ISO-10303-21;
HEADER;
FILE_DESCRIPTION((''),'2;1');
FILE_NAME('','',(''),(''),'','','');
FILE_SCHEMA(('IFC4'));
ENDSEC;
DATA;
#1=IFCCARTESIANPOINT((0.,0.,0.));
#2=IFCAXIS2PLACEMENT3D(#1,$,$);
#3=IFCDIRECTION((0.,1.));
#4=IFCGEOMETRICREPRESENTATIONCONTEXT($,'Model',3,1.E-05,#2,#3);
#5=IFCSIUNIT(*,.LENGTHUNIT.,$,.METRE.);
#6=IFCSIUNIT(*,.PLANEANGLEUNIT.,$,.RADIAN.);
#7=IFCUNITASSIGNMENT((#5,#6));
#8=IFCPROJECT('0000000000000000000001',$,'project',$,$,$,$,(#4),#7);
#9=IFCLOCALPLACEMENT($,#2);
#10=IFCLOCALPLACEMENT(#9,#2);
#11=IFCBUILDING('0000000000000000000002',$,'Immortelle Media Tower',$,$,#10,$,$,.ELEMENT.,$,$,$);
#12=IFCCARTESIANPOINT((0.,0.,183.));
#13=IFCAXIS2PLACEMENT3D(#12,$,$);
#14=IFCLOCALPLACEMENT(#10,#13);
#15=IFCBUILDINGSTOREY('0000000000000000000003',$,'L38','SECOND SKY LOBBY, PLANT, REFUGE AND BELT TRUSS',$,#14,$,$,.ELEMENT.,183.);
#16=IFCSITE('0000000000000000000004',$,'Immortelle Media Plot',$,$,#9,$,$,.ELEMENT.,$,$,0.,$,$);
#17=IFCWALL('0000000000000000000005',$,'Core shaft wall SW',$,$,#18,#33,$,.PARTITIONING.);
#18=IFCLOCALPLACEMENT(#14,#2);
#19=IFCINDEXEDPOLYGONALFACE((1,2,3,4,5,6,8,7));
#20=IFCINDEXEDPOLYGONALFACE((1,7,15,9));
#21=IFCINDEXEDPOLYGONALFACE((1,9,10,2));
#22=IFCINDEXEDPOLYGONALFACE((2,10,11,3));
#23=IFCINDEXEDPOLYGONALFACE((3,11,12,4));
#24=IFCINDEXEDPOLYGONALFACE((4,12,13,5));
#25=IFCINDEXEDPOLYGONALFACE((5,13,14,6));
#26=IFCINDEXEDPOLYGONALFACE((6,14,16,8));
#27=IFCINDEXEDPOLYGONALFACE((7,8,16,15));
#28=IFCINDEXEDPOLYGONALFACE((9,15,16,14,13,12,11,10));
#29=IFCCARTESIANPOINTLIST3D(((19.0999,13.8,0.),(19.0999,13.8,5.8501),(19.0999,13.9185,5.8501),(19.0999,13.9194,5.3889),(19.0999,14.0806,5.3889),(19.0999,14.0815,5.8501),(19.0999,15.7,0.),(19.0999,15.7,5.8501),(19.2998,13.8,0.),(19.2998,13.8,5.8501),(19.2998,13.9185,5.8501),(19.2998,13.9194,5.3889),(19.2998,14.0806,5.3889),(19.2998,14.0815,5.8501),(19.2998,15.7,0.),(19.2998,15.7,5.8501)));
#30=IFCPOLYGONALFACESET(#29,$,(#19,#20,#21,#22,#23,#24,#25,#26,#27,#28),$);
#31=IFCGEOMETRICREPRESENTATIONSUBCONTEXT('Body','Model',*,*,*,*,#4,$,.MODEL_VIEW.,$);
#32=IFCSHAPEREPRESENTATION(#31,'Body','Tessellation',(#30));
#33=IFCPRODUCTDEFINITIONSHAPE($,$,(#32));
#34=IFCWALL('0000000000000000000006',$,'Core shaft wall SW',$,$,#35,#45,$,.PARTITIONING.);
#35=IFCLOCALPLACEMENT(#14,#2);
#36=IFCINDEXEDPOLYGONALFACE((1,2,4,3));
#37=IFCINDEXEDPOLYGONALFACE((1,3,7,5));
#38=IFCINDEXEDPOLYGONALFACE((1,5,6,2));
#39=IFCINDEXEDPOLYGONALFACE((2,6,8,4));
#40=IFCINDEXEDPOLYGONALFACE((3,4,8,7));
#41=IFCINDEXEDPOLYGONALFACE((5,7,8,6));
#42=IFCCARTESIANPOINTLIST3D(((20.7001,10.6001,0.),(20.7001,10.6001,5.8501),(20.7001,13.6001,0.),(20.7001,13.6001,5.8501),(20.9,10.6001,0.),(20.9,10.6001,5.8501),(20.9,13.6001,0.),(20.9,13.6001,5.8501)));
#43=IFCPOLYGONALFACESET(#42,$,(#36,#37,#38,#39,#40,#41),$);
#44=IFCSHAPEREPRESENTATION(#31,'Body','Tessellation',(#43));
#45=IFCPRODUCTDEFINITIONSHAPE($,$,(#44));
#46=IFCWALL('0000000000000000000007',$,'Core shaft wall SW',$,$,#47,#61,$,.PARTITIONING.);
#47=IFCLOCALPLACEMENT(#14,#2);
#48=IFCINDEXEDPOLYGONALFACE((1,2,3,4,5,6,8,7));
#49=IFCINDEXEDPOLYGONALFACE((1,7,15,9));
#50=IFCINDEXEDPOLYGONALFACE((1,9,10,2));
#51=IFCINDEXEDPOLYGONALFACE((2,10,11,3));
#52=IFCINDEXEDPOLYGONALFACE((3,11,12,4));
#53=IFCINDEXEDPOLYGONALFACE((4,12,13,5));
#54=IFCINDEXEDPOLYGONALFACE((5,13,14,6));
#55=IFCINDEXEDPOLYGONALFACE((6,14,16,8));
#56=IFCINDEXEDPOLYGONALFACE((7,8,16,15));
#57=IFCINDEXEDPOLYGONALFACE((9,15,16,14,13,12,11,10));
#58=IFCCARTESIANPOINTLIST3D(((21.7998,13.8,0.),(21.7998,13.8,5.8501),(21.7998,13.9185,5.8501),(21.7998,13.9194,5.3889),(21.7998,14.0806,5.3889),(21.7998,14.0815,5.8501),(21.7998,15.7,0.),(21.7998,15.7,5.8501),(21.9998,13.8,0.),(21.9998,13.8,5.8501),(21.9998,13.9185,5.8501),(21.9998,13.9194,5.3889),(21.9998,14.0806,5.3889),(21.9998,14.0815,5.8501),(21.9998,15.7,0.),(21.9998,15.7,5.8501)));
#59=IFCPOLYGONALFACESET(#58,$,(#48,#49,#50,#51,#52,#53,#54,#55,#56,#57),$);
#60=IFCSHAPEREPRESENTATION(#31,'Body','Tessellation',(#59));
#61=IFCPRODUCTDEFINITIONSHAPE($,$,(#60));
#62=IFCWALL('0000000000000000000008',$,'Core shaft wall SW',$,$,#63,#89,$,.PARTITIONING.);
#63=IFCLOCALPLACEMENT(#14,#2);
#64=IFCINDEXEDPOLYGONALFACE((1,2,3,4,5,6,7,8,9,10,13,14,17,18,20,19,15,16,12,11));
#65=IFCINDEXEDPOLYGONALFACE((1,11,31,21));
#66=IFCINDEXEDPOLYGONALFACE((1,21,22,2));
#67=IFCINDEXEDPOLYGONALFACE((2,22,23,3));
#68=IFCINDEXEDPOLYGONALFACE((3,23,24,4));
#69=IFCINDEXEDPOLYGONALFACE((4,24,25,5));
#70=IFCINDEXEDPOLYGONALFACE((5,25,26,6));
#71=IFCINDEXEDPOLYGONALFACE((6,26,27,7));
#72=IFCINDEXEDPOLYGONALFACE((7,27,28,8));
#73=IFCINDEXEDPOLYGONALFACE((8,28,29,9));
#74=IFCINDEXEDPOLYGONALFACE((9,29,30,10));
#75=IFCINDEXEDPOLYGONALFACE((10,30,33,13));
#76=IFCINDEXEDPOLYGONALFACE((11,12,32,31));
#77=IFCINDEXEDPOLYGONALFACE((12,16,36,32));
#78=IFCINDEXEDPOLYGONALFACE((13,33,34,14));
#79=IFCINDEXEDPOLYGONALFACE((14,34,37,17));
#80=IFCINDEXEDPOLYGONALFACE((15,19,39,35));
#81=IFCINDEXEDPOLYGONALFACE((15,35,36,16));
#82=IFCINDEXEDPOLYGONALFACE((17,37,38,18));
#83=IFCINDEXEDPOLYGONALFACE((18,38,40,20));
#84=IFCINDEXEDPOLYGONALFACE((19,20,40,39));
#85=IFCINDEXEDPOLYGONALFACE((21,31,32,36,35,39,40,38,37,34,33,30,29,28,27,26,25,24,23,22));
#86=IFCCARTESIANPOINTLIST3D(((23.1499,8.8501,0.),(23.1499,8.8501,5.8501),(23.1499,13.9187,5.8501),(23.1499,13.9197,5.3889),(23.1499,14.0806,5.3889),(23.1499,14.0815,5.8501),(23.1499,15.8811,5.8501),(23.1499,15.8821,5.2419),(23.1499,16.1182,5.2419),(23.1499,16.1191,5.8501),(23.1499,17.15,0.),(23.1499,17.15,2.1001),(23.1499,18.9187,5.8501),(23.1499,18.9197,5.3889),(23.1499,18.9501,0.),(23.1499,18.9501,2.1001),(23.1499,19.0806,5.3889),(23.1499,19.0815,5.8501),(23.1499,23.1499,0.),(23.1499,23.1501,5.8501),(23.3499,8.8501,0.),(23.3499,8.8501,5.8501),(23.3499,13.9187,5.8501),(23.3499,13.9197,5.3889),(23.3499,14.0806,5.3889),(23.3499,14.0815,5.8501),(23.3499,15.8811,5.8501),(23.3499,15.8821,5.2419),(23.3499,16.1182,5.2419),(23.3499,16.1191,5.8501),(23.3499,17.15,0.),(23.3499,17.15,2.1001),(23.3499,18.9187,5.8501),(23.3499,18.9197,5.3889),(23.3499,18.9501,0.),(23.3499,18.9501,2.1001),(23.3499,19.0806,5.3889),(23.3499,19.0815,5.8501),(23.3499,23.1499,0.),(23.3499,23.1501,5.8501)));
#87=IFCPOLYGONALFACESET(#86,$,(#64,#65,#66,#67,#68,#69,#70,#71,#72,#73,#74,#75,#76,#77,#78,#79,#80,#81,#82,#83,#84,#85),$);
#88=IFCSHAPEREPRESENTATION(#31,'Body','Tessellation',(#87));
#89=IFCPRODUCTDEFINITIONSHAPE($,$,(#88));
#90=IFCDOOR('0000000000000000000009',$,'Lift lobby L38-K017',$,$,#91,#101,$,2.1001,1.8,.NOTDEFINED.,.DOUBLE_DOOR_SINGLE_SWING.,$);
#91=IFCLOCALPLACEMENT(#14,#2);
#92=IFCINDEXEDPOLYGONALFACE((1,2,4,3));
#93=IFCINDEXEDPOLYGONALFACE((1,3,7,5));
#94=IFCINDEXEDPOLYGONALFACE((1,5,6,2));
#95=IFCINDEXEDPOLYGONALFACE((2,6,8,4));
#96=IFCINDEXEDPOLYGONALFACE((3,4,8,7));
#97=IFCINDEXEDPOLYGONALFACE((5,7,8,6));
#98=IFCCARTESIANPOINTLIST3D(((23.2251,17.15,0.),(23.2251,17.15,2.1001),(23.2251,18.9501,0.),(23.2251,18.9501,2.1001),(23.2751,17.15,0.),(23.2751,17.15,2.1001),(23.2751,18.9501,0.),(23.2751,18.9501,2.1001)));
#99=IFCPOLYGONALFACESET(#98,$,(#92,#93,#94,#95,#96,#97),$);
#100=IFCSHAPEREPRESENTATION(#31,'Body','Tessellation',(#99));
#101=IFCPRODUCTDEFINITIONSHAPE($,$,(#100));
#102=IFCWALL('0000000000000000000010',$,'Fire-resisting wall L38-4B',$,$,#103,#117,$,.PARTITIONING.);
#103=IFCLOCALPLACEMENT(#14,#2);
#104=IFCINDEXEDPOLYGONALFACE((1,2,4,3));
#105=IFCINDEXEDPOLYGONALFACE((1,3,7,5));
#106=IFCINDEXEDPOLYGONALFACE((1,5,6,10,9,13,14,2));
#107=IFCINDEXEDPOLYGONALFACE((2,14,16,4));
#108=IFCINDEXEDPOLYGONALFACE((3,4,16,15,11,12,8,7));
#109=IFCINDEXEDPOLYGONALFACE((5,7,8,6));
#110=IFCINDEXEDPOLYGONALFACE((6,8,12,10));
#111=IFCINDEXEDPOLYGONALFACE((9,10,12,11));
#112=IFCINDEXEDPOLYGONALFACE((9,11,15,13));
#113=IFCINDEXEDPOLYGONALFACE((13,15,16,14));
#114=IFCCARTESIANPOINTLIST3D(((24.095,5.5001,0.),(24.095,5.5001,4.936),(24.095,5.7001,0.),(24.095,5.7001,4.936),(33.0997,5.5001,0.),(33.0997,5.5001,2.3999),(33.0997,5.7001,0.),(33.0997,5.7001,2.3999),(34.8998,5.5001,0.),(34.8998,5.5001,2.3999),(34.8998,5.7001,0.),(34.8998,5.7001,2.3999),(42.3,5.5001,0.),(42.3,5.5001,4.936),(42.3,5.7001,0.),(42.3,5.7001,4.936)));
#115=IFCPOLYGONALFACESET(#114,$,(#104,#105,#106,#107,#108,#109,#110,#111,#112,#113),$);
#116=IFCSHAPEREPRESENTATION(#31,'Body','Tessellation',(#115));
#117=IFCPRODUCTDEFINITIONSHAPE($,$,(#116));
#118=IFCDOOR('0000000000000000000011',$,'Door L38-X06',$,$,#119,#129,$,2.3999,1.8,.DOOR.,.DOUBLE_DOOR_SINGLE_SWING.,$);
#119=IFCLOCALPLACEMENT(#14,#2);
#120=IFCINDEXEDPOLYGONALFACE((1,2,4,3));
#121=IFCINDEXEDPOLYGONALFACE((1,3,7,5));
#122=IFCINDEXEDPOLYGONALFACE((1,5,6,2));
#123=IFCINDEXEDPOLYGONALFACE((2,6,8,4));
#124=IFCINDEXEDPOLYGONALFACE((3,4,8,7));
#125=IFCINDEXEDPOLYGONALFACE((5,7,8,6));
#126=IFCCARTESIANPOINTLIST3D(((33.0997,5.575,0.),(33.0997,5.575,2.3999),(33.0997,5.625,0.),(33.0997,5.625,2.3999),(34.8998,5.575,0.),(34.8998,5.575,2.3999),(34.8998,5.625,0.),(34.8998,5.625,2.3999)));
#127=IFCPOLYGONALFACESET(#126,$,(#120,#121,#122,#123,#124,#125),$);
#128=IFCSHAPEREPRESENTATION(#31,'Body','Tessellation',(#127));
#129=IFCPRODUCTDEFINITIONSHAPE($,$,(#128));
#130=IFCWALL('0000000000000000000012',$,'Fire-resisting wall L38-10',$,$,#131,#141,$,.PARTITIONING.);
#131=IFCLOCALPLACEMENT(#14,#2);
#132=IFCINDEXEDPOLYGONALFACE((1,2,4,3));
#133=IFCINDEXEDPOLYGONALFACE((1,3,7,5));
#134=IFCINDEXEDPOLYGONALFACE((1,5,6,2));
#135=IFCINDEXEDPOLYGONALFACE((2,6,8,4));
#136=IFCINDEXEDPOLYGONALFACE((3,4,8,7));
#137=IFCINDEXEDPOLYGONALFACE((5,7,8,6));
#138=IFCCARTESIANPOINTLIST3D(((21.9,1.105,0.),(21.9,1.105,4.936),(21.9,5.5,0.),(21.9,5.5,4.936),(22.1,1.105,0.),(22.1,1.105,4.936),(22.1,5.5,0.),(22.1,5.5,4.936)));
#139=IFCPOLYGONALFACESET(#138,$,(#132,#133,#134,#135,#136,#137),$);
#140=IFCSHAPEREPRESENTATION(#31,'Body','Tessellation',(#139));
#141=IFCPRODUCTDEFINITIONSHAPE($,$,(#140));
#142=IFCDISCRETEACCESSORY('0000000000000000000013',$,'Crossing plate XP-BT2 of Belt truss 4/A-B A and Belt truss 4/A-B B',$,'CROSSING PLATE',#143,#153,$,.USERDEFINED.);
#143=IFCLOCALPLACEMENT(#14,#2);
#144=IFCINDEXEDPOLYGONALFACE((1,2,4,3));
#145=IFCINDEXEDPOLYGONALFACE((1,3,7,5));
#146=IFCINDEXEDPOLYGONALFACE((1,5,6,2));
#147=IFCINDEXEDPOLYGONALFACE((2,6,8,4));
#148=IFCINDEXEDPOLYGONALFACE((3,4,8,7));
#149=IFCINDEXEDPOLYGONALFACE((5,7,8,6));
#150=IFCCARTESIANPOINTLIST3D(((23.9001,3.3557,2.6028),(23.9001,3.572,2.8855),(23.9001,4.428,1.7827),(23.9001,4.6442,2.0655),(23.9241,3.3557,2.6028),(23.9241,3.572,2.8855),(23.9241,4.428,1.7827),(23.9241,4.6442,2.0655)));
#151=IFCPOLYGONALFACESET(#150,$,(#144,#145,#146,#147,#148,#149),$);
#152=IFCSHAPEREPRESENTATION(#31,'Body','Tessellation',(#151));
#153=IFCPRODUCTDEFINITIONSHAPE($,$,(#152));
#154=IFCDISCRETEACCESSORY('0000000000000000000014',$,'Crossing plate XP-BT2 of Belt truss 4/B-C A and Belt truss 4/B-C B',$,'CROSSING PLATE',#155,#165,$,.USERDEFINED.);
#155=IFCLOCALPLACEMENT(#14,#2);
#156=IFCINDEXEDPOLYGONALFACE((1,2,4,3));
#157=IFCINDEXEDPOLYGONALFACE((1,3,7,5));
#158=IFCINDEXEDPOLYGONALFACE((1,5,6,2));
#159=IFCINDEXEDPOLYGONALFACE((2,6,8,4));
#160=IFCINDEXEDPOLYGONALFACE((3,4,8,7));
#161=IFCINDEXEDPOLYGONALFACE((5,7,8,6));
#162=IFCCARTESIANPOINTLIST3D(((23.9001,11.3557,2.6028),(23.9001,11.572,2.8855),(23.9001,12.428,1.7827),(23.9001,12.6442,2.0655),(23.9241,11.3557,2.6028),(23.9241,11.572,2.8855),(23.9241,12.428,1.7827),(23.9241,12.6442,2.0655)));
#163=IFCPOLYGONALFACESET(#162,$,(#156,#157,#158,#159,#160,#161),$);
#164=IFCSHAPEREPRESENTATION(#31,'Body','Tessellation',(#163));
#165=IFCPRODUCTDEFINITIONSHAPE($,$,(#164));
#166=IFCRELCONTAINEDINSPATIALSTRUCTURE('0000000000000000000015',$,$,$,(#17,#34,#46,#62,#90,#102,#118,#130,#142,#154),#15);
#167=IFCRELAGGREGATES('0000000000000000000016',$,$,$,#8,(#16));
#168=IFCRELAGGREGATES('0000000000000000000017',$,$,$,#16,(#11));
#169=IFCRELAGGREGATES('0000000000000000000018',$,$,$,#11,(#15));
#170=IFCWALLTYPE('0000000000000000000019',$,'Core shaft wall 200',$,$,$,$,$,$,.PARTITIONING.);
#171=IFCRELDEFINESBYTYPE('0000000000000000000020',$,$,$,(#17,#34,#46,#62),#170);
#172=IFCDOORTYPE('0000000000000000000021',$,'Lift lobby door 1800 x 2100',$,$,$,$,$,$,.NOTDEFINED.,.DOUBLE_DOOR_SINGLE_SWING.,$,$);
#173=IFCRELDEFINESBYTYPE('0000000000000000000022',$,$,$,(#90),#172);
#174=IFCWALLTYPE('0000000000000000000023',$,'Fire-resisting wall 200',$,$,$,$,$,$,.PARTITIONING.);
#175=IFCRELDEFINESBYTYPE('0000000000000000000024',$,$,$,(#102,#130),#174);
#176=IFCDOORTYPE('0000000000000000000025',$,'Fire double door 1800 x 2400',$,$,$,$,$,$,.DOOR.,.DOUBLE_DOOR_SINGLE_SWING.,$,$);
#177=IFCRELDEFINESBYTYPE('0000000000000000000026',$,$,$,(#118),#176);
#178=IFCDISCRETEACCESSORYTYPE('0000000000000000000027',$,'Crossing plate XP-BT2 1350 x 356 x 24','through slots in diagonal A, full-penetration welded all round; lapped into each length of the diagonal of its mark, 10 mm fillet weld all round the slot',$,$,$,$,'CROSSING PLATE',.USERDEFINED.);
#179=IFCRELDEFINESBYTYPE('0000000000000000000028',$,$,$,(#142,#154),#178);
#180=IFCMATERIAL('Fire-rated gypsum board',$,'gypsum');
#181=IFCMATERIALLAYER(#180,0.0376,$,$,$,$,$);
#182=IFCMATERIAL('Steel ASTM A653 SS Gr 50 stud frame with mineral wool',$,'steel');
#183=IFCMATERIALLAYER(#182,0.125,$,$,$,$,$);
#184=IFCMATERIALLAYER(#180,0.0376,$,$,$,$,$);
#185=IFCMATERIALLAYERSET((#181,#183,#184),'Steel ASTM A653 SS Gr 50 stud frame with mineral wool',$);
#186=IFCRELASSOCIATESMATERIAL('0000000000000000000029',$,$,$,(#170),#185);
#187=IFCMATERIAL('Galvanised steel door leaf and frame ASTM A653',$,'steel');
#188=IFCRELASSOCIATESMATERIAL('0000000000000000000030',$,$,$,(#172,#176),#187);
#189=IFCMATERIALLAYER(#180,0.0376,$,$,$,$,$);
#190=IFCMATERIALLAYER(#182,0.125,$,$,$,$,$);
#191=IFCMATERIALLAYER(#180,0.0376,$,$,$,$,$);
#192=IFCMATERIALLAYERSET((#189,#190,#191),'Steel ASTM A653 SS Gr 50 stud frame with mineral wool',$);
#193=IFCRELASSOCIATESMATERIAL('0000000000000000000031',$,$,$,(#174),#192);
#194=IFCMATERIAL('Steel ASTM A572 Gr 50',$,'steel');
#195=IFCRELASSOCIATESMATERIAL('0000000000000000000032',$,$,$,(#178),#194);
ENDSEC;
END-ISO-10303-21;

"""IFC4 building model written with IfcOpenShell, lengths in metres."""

from ifc_helpers import new_model, si_unit, direction, frame, frame_2d, origin, origin_2d, place, context, subcontext, project, spatial, polyline, rectangle, outline, extrude, material, layer, layer_set, material_profile, profile_set, type_object, element, fill, save


model = new_model("IFC4")

# Units and contexts
model_context = context("Model", 3, precision=1e-05, world=origin(), true_north=direction((0.0, 1.0)))
body_context = subcontext(model_context, "Body", "Model", "MODEL_VIEW")
ifc_project = project(units=[si_unit("LENGTHUNIT", "METRE"), si_unit("PLANEANGLEUNIT", "RADIAN")], contexts=[model_context])

# Site, building, storey
site_placement = place(None, origin())
site = spatial("IfcSite", under=ifc_project, at=site_placement, Name="Immortelle Media Plot", CompositionType="ELEMENT", RefElevation=0.0)
building_placement = place(site_placement, origin())
building = spatial("IfcBuilding", under=site, at=building_placement, Name="Immortelle Media Tower", CompositionType="ELEMENT")
storey_placement = place(building_placement, frame((0.0, 0.0, 183.0)))
storey = spatial("IfcBuildingStorey", under=building, at=storey_placement, Name="L38", Description="SECOND SKY LOBBY, PLANT, REFUGE AND BELT TRUSS", CompositionType="ELEMENT", Elevation=183.0)

# Shared definitions
ifc_material_1 = material(Name="Galvanised steel door leaf and frame ASTM A653", Category="steel")

# Walls
ifc_material_2 = material(Name="Fire-rated gypsum board", Category="gypsum")
ifc_layer_1 = layer(ifc_material_2, 0.0376)
ifc_material_3 = material(Name="Steel ASTM A653 SS Gr 50 stud frame with mineral wool", Category="steel")
ifc_layer_2 = layer(ifc_material_3, 0.125)
ifc_layer_3 = layer(ifc_material_2, 0.0376)
ifc_layer_set_1 = layer_set([ifc_layer_1, ifc_layer_2, ifc_layer_3], Name="Steel ASTM A653 SS Gr 50 stud frame with mineral wool")
wall_type_1 = type_object("IfcWallType", Name="Core shaft wall 200", PredefinedType="PARTITIONING", material=ifc_layer_set_1)
wall_1_placement = place(storey_placement, frame((19.2, 13.8, 0.0), z_axis=(0.0, 0.0, 1.0), x_axis=(0.0, 1.0, 0.0)))
element("IfcWall", 1, at=wall_1_placement, inside=storey, type_object=wall_type_1, Name="Core shaft wall SW", PredefinedType="PARTITIONING", context=body_context, shape_type="SweptSolid", body=[
    extrude(outline(polyline([(0.0, 0.0), (1.8999, 0.0), (1.8999, 5.8501), (0.2815, 5.8501), (0.2805, 5.3889), (0.1194, 5.3889), (0.1184, 5.8501), (0.0, 5.8501), (0.0, 0.0)])), frame((0.0, 0.1001, 0.0), z_axis=(0.0, -1.0, 0.0), x_axis=(1.0, 0.0, 0.0)), (0.0, 0.0, 1.0), 0.2),
])
wall_2_placement = place(storey_placement, frame((20.8, 10.6001, 0.0), z_axis=(0.0, 0.0, 1.0), x_axis=(0.0, 1.0, 0.0)))
element("IfcWall", 2, at=wall_2_placement, inside=storey, type_object=wall_type_1, Name="Core shaft wall SW", PredefinedType="PARTITIONING", context=body_context, shape_type="SweptSolid", body=[
    extrude(rectangle(XDim=3.0, YDim=0.2, at=frame_2d((1.5, 0.0))), origin(), (0.0, 0.0, 1.0), 5.8501),
])
wall_3_placement = place(storey_placement, frame((21.8999, 13.8, 0.0), z_axis=(0.0, 0.0, 1.0), x_axis=(0.0, 1.0, 0.0)))
element("IfcWall", 3, at=wall_3_placement, inside=storey, type_object=wall_type_1, Name="Core shaft wall SW", PredefinedType="PARTITIONING", context=body_context, shape_type="SweptSolid", body=[
    extrude(outline(polyline([(0.0, 0.0), (1.8999, 0.0), (1.8999, 5.8501), (0.2815, 5.8501), (0.2805, 5.3889), (0.1194, 5.3889), (0.1184, 5.8501), (0.0, 5.8501), (0.0, 0.0)])), frame((0.0, 0.1001, 0.0), z_axis=(0.0, -1.0, 0.0), x_axis=(1.0, 0.0, 0.0)), (0.0, 0.0, 1.0), 0.2),
])

# Walls, openings, doors
wall_4_placement = place(storey_placement, frame((23.25, 8.8501, 0.0), z_axis=(0.0, 0.0, 1.0), x_axis=(0.0, 1.0, 0.0)))
wall_4 = element("IfcWall", 4, at=wall_4_placement, inside=storey, type_object=wall_type_1, Name="Core shaft wall SW", PredefinedType="PARTITIONING", context=body_context, shape_type="SweptSolid", body=[
    extrude(outline(polyline([(0.0, 0.0), (14.2998, 0.0), (14.3, 5.8501), (10.2314, 5.8501), (10.2305, 5.3889), (10.0696, 5.3889), (10.0686, 5.8501), (7.269, 5.8501), (7.2681, 5.2419), (7.032, 5.2419), (7.031, 5.8501), (5.2314, 5.8501), (5.2305, 5.3889), (5.0696, 5.3889), (5.0686, 5.8501), (0.0, 5.8501), (0.0, 0.0)])), frame((0.0, 0.1001, 0.0), z_axis=(0.0, -1.0, 0.0), x_axis=(1.0, 0.0, 0.0)), (0.0, 0.0, 1.0), 0.2),
])
opening_1_placement = place(wall_4_placement, frame((8.3, 0.0, 0.0)))
opening_1 = element("IfcOpeningElement", 5, at=opening_1_placement, cuts=wall_4, PredefinedType="OPENING", context=body_context, shape_type="SweptSolid", body=[
    extrude(rectangle(XDim=1.8, YDim=2.1001, at=frame_2d((0.8999, 1.05))), frame((0.0, 0.1099, 0.0), z_axis=(0.0, -1.0, 0.0), x_axis=(1.0, 0.0, 0.0)), (0.0, 0.0, 1.0), 0.22),
])
door_type_1 = type_object("IfcDoorType", Name="Lift lobby door 1800 x 2100", OperationType="DOUBLE_DOOR_SINGLE_SWING", PredefinedType="NOTDEFINED", material=ifc_material_1)
door_1_placement = place(opening_1_placement, origin())
door_1 = element("IfcDoor", 6, at=door_1_placement, inside=storey, type_object=door_type_1, Name="Lift lobby L38-K017", OperationType="DOUBLE_DOOR_SINGLE_SWING", OverallHeight=2.1001, OverallWidth=1.8, PredefinedType="NOTDEFINED", context=body_context, shape_type="SweptSolid", body=[
    extrude(rectangle(XDim=1.8, YDim=2.1001, at=frame_2d((0.8999, 1.05))), frame((0.0, 0.0249, 0.0), z_axis=(0.0, -1.0, 0.0), x_axis=(1.0, 0.0, 0.0)), (0.0, 0.0, 1.0), 0.05),
])
fill(opening_1, door_1)
ifc_layer_4 = layer(ifc_material_2, 0.0376)
ifc_layer_5 = layer(ifc_material_3, 0.125)
ifc_layer_6 = layer(ifc_material_2, 0.0376)
ifc_layer_set_2 = layer_set([ifc_layer_4, ifc_layer_5, ifc_layer_6], Name="Steel ASTM A653 SS Gr 50 stud frame with mineral wool")
wall_type_2 = type_object("IfcWallType", Name="Fire-resisting wall 200", PredefinedType="PARTITIONING", material=ifc_layer_set_2)
wall_5_placement = place(storey_placement, frame((24.095, 5.6001, 0.0), z_axis=(0.0, 0.0, 1.0), x_axis=(1.0, 0.0, 0.0)))
wall_5 = element("IfcWall", 7, at=wall_5_placement, inside=storey, type_object=wall_type_2, Name="Fire-resisting wall L38-4B", PredefinedType="PARTITIONING", context=body_context, shape_type="SweptSolid", body=[
    extrude(rectangle(XDim=18.2051, YDim=0.2, at=frame_2d((9.1025, 0.0))), origin(), (0.0, 0.0, 1.0), 4.936),
])
opening_2_placement = place(wall_5_placement, frame((9.0049, 0.0, 0.0)))
opening_2 = element("IfcOpeningElement", 8, at=opening_2_placement, cuts=wall_5, PredefinedType="OPENING", context=body_context, shape_type="SweptSolid", body=[
    extrude(rectangle(XDim=1.8, YDim=2.3999, at=frame_2d((0.8999, 1.2))), frame((0.0, 0.1099, 0.0), z_axis=(0.0, -1.0, 0.0), x_axis=(1.0, 0.0, 0.0)), (0.0, 0.0, 1.0), 0.22),
])
door_type_2 = type_object("IfcDoorType", Name="Fire double door 1800 x 2400", OperationType="DOUBLE_DOOR_SINGLE_SWING", PredefinedType="DOOR", material=ifc_material_1)
door_2_placement = place(opening_2_placement, origin())
door_2 = element("IfcDoor", 9, at=door_2_placement, inside=storey, type_object=door_type_2, Name="Door L38-X06", OperationType="DOUBLE_DOOR_SINGLE_SWING", OverallHeight=2.3999, OverallWidth=1.8, PredefinedType="DOOR", context=body_context, shape_type="SweptSolid", body=[
    extrude(rectangle(XDim=1.8, YDim=2.3999, at=frame_2d((0.8999, 1.2))), frame((0.0, 0.0249, 0.0), z_axis=(0.0, -1.0, 0.0), x_axis=(1.0, 0.0, 0.0)), (0.0, 0.0, 1.0), 0.05),
])
fill(opening_2, door_2)

# Wall
wall_6_placement = place(storey_placement, frame((22.0, 1.105, 0.0), z_axis=(0.0, 0.0, 1.0), x_axis=(0.0, 1.0, 0.0)))
element("IfcWall", 10, at=wall_6_placement, inside=storey, type_object=wall_type_2, Name="Fire-resisting wall L38-10", PredefinedType="PARTITIONING", context=body_context, shape_type="SweptSolid", body=[
    extrude(rectangle(XDim=4.395, YDim=0.2, at=frame_2d((2.1975, 0.0))), origin(), (0.0, 0.0, 1.0), 4.936),
])

# Discrete accessories
ifc_material_4 = material(Name="Steel ASTM A572 Gr 50", Category="steel")
ifc_material_profile_1 = material_profile(ifc_material_4, rectangle(XDim=0.0239, YDim=0.356, at=origin_2d()), Name="PL 24 x 356")
ifc_profile_set_1 = profile_set([ifc_material_profile_1], Name="Steel ASTM A572 Gr 50")
discrete_accessory_type_1 = type_object("IfcDiscreteAccessoryType", Name="Crossing plate XP-BT2 1350 x 356 x 24", Description="through slots in diagonal A, full-penetration welded all round; lapped into each length of the diagonal of its mark, 10 mm fillet weld all round the slot", ElementType="CROSSING PLATE", PredefinedType="USERDEFINED", material=ifc_profile_set_1)
for number, where, z_axis, x_axis, name in (
    (11, (23.9121, 3.4639, 2.7441), (0.0, 0.794322, -0.607497), (-1.0, 0.0, 0.0), "Crossing plate XP-BT2 of Belt truss 4/A-B A and Belt truss 4/A-B B"),
    (12, (23.9121, 11.4639, 2.7441), (0.0, 0.794322, -0.607497), (-1.0, 0.0, 0.0), "Crossing plate XP-BT2 of Belt truss 4/B-C A and Belt truss 4/B-C B"),
):
    element("IfcDiscreteAccessory", number, at=place(storey_placement, frame(where, z_axis=z_axis, x_axis=x_axis)), inside=storey, type_object=discrete_accessory_type_1, Name=name, ObjectType="CROSSING PLATE", PredefinedType="USERDEFINED", context=body_context, shape_type="SweptSolid", body=[
        extrude(rectangle(XDim=0.0239, YDim=0.356, at=origin_2d()), origin(), (0.0, 0.0, 1.0), 1.3499),
    ])

save(model, "model.ifc")
